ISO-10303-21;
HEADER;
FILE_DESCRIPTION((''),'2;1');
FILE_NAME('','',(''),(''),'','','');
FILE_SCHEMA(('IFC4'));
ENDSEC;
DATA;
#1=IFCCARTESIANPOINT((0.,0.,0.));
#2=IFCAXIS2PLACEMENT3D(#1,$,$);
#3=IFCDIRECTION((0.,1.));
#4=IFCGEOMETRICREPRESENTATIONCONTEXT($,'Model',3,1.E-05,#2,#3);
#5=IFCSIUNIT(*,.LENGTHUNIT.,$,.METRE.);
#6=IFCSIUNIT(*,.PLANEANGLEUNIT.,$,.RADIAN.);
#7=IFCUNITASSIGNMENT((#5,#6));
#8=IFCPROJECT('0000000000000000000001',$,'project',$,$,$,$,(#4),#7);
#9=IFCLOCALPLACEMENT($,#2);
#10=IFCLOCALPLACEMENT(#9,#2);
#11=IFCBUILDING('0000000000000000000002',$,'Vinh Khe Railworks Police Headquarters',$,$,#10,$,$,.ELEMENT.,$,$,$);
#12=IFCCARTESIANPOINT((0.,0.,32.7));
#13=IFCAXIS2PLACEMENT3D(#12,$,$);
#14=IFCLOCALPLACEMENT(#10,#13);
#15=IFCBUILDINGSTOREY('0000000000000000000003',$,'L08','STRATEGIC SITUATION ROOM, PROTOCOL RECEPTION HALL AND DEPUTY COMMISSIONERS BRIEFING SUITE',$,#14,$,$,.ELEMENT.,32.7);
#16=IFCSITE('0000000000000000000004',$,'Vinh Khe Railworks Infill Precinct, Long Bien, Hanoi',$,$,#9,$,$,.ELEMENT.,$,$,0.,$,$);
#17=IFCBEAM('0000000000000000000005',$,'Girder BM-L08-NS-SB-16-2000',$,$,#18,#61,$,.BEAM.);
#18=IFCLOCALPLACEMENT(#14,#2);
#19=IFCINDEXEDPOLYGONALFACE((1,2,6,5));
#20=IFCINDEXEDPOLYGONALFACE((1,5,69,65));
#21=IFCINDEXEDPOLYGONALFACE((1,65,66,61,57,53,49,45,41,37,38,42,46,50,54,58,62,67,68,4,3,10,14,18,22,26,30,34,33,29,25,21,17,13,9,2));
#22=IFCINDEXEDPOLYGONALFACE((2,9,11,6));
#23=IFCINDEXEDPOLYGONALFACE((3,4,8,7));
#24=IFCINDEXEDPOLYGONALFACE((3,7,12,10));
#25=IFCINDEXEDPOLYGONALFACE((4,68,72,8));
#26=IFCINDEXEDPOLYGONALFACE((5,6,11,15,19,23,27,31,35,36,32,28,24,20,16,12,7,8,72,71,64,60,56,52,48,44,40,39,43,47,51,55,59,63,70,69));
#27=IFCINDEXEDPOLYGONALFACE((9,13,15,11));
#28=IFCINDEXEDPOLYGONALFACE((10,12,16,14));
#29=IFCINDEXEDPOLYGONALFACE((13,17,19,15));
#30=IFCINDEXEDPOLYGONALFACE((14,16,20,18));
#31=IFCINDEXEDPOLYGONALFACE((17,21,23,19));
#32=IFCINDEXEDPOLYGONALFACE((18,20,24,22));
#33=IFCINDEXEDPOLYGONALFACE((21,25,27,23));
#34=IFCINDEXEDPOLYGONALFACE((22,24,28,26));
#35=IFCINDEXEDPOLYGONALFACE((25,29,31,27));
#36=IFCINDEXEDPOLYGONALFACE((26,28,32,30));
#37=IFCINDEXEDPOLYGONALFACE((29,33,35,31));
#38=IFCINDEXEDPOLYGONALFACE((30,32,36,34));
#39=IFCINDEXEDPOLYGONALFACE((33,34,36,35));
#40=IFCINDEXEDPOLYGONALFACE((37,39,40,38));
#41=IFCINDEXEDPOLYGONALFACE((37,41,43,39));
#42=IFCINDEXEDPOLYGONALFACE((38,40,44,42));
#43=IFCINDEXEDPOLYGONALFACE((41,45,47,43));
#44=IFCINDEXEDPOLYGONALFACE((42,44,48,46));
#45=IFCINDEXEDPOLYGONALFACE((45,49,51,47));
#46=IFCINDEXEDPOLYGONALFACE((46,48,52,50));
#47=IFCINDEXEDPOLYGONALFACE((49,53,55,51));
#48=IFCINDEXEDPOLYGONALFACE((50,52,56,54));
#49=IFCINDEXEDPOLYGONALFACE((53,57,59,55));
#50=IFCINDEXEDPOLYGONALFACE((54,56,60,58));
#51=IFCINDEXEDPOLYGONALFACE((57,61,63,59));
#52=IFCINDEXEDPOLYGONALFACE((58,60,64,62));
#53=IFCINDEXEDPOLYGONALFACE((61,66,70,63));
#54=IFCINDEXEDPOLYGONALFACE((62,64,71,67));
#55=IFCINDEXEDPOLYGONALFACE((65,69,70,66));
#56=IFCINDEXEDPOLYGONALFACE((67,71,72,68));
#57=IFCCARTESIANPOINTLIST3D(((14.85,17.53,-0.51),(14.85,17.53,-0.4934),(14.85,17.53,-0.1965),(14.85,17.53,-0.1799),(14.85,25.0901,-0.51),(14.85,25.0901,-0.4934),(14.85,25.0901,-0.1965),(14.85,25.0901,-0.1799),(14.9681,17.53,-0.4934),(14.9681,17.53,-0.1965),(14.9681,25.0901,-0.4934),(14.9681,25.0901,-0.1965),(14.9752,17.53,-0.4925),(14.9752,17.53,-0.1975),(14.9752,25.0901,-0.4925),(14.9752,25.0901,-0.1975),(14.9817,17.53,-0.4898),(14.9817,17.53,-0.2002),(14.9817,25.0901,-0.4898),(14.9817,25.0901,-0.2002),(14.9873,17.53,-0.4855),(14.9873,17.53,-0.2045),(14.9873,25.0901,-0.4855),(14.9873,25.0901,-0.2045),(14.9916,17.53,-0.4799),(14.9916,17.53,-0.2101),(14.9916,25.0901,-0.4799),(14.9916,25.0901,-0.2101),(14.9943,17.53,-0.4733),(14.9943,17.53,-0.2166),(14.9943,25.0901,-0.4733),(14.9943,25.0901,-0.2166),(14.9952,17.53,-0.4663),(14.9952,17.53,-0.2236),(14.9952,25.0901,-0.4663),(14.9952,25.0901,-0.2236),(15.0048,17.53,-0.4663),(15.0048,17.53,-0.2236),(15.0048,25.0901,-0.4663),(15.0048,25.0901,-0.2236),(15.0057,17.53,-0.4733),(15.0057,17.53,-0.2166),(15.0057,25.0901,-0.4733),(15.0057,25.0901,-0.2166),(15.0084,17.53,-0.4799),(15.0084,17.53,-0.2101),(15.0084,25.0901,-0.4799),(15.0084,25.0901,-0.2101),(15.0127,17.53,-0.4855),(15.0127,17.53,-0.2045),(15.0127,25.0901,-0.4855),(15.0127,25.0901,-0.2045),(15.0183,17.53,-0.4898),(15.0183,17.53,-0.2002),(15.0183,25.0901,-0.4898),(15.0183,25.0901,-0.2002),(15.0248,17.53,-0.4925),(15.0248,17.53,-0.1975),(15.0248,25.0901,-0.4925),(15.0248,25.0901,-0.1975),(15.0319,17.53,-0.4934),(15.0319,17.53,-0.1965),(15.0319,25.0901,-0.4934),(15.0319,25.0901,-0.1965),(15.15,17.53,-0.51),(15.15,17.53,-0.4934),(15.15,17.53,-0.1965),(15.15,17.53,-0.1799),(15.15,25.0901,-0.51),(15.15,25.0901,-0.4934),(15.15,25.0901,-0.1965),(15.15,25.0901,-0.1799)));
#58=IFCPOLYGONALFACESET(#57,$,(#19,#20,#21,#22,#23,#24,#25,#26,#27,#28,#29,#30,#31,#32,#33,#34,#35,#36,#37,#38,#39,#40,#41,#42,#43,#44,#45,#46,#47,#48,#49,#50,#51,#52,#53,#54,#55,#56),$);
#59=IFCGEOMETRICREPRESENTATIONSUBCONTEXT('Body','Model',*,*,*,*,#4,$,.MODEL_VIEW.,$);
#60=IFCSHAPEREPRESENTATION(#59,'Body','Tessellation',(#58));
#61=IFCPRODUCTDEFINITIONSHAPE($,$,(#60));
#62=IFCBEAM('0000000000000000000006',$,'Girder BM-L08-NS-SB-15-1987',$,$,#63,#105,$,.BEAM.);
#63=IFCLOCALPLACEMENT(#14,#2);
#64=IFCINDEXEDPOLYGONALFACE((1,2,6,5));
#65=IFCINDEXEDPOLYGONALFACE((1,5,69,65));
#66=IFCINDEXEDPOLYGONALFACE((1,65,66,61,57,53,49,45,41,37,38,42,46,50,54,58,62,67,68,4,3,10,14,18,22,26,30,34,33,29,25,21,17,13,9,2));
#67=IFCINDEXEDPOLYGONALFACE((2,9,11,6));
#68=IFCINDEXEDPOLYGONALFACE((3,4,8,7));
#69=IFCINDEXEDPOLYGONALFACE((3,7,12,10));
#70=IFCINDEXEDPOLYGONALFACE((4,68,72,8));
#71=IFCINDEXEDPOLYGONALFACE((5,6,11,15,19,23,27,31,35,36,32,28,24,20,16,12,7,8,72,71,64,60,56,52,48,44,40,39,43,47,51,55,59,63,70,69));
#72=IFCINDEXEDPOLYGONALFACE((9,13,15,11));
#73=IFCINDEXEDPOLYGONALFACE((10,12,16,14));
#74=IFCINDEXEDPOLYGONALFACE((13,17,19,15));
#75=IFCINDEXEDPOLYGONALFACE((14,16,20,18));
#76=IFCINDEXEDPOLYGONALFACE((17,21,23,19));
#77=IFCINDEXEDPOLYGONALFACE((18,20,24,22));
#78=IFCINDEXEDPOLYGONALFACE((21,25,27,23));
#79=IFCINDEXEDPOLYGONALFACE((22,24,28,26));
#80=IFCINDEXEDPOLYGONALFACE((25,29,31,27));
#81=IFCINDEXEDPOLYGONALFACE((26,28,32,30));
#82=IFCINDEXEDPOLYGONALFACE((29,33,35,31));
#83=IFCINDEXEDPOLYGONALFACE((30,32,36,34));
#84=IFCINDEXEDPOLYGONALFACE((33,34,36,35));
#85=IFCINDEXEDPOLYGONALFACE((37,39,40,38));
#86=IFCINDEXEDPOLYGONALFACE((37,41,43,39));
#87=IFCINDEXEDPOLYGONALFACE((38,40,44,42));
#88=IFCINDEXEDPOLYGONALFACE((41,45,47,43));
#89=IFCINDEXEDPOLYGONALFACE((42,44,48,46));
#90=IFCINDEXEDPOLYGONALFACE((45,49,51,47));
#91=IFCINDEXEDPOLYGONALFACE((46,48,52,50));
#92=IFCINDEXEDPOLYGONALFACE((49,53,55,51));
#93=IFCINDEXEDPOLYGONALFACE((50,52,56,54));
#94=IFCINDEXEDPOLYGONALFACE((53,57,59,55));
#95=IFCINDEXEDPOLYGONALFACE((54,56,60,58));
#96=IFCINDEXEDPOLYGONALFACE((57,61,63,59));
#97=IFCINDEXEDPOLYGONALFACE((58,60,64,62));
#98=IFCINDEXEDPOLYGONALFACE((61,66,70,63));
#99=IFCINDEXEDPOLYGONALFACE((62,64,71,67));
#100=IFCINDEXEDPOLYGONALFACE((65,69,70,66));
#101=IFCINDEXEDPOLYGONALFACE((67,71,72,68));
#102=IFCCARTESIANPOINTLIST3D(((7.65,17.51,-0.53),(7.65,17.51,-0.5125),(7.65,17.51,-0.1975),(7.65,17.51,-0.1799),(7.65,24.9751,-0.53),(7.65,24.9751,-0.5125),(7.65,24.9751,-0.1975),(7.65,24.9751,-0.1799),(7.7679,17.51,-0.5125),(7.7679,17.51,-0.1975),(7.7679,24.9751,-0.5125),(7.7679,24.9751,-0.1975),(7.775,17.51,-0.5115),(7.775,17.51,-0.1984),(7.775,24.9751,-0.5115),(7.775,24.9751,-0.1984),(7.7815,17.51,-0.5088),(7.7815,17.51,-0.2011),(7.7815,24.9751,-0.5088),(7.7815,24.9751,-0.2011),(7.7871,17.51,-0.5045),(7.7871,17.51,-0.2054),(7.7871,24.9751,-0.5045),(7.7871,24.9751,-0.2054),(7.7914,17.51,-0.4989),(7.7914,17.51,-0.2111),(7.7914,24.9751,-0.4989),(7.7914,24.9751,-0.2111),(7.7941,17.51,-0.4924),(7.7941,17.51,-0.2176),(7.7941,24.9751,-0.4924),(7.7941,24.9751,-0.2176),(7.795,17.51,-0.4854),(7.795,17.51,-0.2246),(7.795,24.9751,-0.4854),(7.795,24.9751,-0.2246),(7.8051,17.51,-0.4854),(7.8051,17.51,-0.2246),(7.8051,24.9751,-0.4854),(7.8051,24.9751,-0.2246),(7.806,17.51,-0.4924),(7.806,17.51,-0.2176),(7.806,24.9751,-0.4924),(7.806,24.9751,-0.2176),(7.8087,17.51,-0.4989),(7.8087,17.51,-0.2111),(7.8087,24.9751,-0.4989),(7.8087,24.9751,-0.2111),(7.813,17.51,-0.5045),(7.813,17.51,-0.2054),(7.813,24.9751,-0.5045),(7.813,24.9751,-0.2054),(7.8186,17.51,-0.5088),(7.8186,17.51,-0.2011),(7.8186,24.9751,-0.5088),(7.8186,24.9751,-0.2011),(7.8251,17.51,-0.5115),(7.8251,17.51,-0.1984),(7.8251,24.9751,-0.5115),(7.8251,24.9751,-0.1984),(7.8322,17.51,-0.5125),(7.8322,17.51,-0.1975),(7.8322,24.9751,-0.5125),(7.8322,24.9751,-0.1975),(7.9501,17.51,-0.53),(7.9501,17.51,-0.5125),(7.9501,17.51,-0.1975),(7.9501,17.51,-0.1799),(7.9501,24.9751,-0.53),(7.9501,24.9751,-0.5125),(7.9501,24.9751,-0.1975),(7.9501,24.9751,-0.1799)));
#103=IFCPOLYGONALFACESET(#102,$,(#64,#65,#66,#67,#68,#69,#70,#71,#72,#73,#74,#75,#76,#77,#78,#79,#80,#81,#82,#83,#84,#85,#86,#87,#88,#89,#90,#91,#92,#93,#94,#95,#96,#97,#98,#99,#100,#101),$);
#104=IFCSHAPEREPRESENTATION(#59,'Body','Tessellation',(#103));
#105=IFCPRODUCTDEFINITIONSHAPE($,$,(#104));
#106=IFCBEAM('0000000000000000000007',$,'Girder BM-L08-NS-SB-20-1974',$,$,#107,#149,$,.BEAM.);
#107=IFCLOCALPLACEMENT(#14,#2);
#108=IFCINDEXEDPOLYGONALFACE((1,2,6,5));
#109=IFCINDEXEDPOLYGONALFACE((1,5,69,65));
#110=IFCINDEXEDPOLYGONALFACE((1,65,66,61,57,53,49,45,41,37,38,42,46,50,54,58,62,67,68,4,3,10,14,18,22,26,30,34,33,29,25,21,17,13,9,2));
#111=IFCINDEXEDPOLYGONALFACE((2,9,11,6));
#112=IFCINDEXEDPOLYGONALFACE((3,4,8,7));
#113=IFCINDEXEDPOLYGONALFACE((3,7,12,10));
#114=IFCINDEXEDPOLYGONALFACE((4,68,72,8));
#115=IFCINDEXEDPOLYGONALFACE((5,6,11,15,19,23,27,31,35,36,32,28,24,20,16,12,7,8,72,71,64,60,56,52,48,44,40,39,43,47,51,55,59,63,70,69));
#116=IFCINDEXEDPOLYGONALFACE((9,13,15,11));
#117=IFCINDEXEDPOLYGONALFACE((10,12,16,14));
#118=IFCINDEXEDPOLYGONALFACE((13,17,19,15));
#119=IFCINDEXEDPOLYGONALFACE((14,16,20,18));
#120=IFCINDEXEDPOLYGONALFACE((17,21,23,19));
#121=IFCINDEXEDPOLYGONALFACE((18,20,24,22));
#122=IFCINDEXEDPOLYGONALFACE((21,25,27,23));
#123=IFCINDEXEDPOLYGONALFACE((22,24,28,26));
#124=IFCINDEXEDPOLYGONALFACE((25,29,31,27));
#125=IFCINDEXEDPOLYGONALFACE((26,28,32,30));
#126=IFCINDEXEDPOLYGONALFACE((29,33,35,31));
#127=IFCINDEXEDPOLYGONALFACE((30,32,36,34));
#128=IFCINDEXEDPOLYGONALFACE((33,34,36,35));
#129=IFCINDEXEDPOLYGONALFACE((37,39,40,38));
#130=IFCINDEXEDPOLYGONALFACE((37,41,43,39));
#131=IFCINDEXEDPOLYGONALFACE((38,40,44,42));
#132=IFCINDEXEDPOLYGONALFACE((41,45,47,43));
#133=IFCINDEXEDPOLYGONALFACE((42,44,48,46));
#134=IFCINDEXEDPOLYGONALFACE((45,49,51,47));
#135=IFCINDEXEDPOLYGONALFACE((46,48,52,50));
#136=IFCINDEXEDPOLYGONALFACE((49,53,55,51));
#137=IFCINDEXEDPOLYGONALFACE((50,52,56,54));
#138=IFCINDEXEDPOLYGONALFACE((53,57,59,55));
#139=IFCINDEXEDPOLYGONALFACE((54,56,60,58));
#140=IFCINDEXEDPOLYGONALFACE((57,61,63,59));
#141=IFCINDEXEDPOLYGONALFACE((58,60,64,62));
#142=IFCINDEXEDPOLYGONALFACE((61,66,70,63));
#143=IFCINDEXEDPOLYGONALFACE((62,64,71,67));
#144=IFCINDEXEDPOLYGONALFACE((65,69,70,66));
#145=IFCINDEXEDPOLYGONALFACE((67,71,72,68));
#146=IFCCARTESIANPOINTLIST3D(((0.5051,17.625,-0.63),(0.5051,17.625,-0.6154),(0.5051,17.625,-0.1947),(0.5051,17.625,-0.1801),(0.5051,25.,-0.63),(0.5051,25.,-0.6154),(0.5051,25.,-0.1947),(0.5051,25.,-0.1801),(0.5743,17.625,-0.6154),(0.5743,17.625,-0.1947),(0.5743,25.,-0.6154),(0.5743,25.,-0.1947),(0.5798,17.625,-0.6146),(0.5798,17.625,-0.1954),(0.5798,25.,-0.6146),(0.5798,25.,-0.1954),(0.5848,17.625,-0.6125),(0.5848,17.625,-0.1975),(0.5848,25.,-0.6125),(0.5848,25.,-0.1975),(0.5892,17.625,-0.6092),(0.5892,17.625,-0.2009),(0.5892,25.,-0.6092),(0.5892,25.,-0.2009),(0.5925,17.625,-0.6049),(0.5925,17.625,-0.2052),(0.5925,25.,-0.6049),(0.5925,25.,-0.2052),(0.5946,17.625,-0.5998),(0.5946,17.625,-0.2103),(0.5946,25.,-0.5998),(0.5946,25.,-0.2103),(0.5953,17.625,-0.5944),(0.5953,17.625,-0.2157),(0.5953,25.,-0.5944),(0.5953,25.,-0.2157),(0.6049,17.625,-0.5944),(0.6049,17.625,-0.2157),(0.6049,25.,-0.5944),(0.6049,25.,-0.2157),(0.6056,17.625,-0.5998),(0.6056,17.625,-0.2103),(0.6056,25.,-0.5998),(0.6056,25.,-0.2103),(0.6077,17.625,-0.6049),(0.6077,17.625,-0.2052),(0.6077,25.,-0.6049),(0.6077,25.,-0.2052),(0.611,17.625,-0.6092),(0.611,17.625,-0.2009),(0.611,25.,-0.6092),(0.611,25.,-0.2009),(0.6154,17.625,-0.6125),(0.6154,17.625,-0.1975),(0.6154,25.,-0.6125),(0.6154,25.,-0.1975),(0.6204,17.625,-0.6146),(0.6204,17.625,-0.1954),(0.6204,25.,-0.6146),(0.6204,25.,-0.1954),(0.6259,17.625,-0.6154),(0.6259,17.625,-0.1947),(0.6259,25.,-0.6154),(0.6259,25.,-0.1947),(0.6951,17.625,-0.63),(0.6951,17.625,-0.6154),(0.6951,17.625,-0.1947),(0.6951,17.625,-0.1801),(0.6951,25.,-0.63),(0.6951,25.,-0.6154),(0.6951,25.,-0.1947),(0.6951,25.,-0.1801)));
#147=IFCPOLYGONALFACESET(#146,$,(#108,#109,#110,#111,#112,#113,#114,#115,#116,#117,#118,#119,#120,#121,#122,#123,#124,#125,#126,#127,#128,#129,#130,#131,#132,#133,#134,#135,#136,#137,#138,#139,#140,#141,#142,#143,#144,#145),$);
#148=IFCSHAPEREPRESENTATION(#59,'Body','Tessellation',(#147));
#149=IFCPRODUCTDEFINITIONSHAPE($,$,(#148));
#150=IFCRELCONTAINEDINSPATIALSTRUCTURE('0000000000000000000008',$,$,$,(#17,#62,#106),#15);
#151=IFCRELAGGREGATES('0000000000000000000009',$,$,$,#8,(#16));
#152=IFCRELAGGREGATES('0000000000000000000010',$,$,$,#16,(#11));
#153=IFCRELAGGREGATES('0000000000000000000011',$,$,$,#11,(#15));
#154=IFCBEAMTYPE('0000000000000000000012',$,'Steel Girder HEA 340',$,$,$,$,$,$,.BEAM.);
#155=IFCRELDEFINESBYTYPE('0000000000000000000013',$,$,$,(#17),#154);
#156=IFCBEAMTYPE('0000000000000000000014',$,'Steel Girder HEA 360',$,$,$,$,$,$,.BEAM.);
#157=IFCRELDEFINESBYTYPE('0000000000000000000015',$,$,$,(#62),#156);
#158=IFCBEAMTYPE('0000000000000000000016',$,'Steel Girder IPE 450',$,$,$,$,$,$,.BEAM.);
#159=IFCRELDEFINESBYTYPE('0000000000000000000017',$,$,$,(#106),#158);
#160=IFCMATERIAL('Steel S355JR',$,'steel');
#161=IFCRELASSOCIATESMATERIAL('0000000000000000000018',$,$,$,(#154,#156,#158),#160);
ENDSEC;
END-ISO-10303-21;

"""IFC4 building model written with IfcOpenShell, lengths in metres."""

from ifc_helpers import new_model, si_unit, direction, frame, origin, origin_2d, place, context, subcontext, project, spatial, i_section, extrude, material, material_profile, profile_set, type_object, element, save


model = new_model("IFC4")

# Units and contexts
model_context = context("Model", 3, precision=1e-05, world=origin(), true_north=direction((0.0, 1.0)))
body_context = subcontext(model_context, "Body", "Model", "MODEL_VIEW")
ifc_project = project(units=[si_unit("LENGTHUNIT", "METRE"), si_unit("PLANEANGLEUNIT", "RADIAN")], contexts=[model_context])

# Site, building, storey
site_placement = place(None, origin())
site = spatial("IfcSite", under=ifc_project, at=site_placement, Name="Vinh Khe Railworks Infill Precinct, Long Bien, Hanoi", CompositionType="ELEMENT", RefElevation=0.0)
building_placement = place(site_placement, origin())
building = spatial("IfcBuilding", under=site, at=building_placement, Name="Vinh Khe Railworks Police Headquarters", CompositionType="ELEMENT")
storey_placement = place(building_placement, frame((0.0, 0.0, 32.7)))
storey = spatial("IfcBuildingStorey", under=building, at=storey_placement, Name="L08", Description="STRATEGIC SITUATION ROOM, PROTOCOL RECEPTION HALL AND DEPUTY COMMISSIONERS BRIEFING SUITE", CompositionType="ELEMENT", Elevation=32.7)

# Shared definitions
ifc_material_1 = material(Name="Steel S355JR", Category="steel")

# Beams
ifc_material_profile_1 = material_profile(ifc_material_1, i_section(OverallWidth=0.3, OverallDepth=0.3301, WebThickness=0.0095, FlangeThickness=0.0166, FilletRadius=0.0271, at=origin_2d()), Name="HEA 340")
ifc_profile_set_1 = profile_set([ifc_material_profile_1], Name="Steel S355JR")
beam_type_1 = type_object("IfcBeamType", Name="Steel Girder HEA 340", PredefinedType="BEAM", material=ifc_profile_set_1)
beam_1_placement = place(storey_placement, frame((15.0, 17.53, -0.345), z_axis=(0.0, 1.0, 0.0), x_axis=(-1.0, 0.0, 0.0)))
element("IfcBeam", 1, at=beam_1_placement, inside=storey, type_object=beam_type_1, Name="Girder BM-L08-NS-SB-16-2000", PredefinedType="BEAM", context=body_context, shape_type="SweptSolid", body=[
    extrude(i_section(OverallWidth=0.3, OverallDepth=0.3301, WebThickness=0.0095, FlangeThickness=0.0166, FilletRadius=0.0271, at=origin_2d()), origin(), (0.0, 0.0, 1.0), 7.5601),
])
ifc_material_profile_2 = material_profile(ifc_material_1, i_section(OverallWidth=0.3, OverallDepth=0.3501, WebThickness=0.01, FlangeThickness=0.0176, FilletRadius=0.0271, at=origin_2d()), Name="HEA 360")
ifc_profile_set_2 = profile_set([ifc_material_profile_2], Name="Steel S355JR")
beam_type_2 = type_object("IfcBeamType", Name="Steel Girder HEA 360", PredefinedType="BEAM", material=ifc_profile_set_2)
beam_2_placement = place(storey_placement, frame((7.8, 17.51, -0.355), z_axis=(0.0, 1.0, 0.0), x_axis=(-1.0, 0.0, 0.0)))
element("IfcBeam", 2, at=beam_2_placement, inside=storey, type_object=beam_type_2, Name="Girder BM-L08-NS-SB-15-1987", PredefinedType="BEAM", context=body_context, shape_type="SweptSolid", body=[
    extrude(i_section(OverallWidth=0.3, OverallDepth=0.3501, WebThickness=0.01, FlangeThickness=0.0176, FilletRadius=0.0271, at=origin_2d()), origin(), (0.0, 0.0, 1.0), 7.4651),
])
ifc_material_profile_3 = material_profile(ifc_material_1, i_section(OverallWidth=0.1899, OverallDepth=0.45, WebThickness=0.0095, FlangeThickness=0.0146, FilletRadius=0.021, at=origin_2d()), Name="IPE 450")
ifc_profile_set_3 = profile_set([ifc_material_profile_3], Name="Steel S355JR")
beam_type_3 = type_object("IfcBeamType", Name="Steel Girder IPE 450", PredefinedType="BEAM", material=ifc_profile_set_3)
beam_3_placement = place(storey_placement, frame((0.6001, 17.625, -0.405), z_axis=(0.0, 1.0, 0.0), x_axis=(-1.0, 0.0, 0.0)))
element("IfcBeam", 3, at=beam_3_placement, inside=storey, type_object=beam_type_3, Name="Girder BM-L08-NS-SB-20-1974", PredefinedType="BEAM", context=body_context, shape_type="SweptSolid", body=[
    extrude(i_section(OverallWidth=0.1899, OverallDepth=0.45, WebThickness=0.0095, FlangeThickness=0.0146, FilletRadius=0.021, at=origin_2d()), origin(), (0.0, 0.0, 1.0), 7.375),
])

save(model, "model.ifc")
